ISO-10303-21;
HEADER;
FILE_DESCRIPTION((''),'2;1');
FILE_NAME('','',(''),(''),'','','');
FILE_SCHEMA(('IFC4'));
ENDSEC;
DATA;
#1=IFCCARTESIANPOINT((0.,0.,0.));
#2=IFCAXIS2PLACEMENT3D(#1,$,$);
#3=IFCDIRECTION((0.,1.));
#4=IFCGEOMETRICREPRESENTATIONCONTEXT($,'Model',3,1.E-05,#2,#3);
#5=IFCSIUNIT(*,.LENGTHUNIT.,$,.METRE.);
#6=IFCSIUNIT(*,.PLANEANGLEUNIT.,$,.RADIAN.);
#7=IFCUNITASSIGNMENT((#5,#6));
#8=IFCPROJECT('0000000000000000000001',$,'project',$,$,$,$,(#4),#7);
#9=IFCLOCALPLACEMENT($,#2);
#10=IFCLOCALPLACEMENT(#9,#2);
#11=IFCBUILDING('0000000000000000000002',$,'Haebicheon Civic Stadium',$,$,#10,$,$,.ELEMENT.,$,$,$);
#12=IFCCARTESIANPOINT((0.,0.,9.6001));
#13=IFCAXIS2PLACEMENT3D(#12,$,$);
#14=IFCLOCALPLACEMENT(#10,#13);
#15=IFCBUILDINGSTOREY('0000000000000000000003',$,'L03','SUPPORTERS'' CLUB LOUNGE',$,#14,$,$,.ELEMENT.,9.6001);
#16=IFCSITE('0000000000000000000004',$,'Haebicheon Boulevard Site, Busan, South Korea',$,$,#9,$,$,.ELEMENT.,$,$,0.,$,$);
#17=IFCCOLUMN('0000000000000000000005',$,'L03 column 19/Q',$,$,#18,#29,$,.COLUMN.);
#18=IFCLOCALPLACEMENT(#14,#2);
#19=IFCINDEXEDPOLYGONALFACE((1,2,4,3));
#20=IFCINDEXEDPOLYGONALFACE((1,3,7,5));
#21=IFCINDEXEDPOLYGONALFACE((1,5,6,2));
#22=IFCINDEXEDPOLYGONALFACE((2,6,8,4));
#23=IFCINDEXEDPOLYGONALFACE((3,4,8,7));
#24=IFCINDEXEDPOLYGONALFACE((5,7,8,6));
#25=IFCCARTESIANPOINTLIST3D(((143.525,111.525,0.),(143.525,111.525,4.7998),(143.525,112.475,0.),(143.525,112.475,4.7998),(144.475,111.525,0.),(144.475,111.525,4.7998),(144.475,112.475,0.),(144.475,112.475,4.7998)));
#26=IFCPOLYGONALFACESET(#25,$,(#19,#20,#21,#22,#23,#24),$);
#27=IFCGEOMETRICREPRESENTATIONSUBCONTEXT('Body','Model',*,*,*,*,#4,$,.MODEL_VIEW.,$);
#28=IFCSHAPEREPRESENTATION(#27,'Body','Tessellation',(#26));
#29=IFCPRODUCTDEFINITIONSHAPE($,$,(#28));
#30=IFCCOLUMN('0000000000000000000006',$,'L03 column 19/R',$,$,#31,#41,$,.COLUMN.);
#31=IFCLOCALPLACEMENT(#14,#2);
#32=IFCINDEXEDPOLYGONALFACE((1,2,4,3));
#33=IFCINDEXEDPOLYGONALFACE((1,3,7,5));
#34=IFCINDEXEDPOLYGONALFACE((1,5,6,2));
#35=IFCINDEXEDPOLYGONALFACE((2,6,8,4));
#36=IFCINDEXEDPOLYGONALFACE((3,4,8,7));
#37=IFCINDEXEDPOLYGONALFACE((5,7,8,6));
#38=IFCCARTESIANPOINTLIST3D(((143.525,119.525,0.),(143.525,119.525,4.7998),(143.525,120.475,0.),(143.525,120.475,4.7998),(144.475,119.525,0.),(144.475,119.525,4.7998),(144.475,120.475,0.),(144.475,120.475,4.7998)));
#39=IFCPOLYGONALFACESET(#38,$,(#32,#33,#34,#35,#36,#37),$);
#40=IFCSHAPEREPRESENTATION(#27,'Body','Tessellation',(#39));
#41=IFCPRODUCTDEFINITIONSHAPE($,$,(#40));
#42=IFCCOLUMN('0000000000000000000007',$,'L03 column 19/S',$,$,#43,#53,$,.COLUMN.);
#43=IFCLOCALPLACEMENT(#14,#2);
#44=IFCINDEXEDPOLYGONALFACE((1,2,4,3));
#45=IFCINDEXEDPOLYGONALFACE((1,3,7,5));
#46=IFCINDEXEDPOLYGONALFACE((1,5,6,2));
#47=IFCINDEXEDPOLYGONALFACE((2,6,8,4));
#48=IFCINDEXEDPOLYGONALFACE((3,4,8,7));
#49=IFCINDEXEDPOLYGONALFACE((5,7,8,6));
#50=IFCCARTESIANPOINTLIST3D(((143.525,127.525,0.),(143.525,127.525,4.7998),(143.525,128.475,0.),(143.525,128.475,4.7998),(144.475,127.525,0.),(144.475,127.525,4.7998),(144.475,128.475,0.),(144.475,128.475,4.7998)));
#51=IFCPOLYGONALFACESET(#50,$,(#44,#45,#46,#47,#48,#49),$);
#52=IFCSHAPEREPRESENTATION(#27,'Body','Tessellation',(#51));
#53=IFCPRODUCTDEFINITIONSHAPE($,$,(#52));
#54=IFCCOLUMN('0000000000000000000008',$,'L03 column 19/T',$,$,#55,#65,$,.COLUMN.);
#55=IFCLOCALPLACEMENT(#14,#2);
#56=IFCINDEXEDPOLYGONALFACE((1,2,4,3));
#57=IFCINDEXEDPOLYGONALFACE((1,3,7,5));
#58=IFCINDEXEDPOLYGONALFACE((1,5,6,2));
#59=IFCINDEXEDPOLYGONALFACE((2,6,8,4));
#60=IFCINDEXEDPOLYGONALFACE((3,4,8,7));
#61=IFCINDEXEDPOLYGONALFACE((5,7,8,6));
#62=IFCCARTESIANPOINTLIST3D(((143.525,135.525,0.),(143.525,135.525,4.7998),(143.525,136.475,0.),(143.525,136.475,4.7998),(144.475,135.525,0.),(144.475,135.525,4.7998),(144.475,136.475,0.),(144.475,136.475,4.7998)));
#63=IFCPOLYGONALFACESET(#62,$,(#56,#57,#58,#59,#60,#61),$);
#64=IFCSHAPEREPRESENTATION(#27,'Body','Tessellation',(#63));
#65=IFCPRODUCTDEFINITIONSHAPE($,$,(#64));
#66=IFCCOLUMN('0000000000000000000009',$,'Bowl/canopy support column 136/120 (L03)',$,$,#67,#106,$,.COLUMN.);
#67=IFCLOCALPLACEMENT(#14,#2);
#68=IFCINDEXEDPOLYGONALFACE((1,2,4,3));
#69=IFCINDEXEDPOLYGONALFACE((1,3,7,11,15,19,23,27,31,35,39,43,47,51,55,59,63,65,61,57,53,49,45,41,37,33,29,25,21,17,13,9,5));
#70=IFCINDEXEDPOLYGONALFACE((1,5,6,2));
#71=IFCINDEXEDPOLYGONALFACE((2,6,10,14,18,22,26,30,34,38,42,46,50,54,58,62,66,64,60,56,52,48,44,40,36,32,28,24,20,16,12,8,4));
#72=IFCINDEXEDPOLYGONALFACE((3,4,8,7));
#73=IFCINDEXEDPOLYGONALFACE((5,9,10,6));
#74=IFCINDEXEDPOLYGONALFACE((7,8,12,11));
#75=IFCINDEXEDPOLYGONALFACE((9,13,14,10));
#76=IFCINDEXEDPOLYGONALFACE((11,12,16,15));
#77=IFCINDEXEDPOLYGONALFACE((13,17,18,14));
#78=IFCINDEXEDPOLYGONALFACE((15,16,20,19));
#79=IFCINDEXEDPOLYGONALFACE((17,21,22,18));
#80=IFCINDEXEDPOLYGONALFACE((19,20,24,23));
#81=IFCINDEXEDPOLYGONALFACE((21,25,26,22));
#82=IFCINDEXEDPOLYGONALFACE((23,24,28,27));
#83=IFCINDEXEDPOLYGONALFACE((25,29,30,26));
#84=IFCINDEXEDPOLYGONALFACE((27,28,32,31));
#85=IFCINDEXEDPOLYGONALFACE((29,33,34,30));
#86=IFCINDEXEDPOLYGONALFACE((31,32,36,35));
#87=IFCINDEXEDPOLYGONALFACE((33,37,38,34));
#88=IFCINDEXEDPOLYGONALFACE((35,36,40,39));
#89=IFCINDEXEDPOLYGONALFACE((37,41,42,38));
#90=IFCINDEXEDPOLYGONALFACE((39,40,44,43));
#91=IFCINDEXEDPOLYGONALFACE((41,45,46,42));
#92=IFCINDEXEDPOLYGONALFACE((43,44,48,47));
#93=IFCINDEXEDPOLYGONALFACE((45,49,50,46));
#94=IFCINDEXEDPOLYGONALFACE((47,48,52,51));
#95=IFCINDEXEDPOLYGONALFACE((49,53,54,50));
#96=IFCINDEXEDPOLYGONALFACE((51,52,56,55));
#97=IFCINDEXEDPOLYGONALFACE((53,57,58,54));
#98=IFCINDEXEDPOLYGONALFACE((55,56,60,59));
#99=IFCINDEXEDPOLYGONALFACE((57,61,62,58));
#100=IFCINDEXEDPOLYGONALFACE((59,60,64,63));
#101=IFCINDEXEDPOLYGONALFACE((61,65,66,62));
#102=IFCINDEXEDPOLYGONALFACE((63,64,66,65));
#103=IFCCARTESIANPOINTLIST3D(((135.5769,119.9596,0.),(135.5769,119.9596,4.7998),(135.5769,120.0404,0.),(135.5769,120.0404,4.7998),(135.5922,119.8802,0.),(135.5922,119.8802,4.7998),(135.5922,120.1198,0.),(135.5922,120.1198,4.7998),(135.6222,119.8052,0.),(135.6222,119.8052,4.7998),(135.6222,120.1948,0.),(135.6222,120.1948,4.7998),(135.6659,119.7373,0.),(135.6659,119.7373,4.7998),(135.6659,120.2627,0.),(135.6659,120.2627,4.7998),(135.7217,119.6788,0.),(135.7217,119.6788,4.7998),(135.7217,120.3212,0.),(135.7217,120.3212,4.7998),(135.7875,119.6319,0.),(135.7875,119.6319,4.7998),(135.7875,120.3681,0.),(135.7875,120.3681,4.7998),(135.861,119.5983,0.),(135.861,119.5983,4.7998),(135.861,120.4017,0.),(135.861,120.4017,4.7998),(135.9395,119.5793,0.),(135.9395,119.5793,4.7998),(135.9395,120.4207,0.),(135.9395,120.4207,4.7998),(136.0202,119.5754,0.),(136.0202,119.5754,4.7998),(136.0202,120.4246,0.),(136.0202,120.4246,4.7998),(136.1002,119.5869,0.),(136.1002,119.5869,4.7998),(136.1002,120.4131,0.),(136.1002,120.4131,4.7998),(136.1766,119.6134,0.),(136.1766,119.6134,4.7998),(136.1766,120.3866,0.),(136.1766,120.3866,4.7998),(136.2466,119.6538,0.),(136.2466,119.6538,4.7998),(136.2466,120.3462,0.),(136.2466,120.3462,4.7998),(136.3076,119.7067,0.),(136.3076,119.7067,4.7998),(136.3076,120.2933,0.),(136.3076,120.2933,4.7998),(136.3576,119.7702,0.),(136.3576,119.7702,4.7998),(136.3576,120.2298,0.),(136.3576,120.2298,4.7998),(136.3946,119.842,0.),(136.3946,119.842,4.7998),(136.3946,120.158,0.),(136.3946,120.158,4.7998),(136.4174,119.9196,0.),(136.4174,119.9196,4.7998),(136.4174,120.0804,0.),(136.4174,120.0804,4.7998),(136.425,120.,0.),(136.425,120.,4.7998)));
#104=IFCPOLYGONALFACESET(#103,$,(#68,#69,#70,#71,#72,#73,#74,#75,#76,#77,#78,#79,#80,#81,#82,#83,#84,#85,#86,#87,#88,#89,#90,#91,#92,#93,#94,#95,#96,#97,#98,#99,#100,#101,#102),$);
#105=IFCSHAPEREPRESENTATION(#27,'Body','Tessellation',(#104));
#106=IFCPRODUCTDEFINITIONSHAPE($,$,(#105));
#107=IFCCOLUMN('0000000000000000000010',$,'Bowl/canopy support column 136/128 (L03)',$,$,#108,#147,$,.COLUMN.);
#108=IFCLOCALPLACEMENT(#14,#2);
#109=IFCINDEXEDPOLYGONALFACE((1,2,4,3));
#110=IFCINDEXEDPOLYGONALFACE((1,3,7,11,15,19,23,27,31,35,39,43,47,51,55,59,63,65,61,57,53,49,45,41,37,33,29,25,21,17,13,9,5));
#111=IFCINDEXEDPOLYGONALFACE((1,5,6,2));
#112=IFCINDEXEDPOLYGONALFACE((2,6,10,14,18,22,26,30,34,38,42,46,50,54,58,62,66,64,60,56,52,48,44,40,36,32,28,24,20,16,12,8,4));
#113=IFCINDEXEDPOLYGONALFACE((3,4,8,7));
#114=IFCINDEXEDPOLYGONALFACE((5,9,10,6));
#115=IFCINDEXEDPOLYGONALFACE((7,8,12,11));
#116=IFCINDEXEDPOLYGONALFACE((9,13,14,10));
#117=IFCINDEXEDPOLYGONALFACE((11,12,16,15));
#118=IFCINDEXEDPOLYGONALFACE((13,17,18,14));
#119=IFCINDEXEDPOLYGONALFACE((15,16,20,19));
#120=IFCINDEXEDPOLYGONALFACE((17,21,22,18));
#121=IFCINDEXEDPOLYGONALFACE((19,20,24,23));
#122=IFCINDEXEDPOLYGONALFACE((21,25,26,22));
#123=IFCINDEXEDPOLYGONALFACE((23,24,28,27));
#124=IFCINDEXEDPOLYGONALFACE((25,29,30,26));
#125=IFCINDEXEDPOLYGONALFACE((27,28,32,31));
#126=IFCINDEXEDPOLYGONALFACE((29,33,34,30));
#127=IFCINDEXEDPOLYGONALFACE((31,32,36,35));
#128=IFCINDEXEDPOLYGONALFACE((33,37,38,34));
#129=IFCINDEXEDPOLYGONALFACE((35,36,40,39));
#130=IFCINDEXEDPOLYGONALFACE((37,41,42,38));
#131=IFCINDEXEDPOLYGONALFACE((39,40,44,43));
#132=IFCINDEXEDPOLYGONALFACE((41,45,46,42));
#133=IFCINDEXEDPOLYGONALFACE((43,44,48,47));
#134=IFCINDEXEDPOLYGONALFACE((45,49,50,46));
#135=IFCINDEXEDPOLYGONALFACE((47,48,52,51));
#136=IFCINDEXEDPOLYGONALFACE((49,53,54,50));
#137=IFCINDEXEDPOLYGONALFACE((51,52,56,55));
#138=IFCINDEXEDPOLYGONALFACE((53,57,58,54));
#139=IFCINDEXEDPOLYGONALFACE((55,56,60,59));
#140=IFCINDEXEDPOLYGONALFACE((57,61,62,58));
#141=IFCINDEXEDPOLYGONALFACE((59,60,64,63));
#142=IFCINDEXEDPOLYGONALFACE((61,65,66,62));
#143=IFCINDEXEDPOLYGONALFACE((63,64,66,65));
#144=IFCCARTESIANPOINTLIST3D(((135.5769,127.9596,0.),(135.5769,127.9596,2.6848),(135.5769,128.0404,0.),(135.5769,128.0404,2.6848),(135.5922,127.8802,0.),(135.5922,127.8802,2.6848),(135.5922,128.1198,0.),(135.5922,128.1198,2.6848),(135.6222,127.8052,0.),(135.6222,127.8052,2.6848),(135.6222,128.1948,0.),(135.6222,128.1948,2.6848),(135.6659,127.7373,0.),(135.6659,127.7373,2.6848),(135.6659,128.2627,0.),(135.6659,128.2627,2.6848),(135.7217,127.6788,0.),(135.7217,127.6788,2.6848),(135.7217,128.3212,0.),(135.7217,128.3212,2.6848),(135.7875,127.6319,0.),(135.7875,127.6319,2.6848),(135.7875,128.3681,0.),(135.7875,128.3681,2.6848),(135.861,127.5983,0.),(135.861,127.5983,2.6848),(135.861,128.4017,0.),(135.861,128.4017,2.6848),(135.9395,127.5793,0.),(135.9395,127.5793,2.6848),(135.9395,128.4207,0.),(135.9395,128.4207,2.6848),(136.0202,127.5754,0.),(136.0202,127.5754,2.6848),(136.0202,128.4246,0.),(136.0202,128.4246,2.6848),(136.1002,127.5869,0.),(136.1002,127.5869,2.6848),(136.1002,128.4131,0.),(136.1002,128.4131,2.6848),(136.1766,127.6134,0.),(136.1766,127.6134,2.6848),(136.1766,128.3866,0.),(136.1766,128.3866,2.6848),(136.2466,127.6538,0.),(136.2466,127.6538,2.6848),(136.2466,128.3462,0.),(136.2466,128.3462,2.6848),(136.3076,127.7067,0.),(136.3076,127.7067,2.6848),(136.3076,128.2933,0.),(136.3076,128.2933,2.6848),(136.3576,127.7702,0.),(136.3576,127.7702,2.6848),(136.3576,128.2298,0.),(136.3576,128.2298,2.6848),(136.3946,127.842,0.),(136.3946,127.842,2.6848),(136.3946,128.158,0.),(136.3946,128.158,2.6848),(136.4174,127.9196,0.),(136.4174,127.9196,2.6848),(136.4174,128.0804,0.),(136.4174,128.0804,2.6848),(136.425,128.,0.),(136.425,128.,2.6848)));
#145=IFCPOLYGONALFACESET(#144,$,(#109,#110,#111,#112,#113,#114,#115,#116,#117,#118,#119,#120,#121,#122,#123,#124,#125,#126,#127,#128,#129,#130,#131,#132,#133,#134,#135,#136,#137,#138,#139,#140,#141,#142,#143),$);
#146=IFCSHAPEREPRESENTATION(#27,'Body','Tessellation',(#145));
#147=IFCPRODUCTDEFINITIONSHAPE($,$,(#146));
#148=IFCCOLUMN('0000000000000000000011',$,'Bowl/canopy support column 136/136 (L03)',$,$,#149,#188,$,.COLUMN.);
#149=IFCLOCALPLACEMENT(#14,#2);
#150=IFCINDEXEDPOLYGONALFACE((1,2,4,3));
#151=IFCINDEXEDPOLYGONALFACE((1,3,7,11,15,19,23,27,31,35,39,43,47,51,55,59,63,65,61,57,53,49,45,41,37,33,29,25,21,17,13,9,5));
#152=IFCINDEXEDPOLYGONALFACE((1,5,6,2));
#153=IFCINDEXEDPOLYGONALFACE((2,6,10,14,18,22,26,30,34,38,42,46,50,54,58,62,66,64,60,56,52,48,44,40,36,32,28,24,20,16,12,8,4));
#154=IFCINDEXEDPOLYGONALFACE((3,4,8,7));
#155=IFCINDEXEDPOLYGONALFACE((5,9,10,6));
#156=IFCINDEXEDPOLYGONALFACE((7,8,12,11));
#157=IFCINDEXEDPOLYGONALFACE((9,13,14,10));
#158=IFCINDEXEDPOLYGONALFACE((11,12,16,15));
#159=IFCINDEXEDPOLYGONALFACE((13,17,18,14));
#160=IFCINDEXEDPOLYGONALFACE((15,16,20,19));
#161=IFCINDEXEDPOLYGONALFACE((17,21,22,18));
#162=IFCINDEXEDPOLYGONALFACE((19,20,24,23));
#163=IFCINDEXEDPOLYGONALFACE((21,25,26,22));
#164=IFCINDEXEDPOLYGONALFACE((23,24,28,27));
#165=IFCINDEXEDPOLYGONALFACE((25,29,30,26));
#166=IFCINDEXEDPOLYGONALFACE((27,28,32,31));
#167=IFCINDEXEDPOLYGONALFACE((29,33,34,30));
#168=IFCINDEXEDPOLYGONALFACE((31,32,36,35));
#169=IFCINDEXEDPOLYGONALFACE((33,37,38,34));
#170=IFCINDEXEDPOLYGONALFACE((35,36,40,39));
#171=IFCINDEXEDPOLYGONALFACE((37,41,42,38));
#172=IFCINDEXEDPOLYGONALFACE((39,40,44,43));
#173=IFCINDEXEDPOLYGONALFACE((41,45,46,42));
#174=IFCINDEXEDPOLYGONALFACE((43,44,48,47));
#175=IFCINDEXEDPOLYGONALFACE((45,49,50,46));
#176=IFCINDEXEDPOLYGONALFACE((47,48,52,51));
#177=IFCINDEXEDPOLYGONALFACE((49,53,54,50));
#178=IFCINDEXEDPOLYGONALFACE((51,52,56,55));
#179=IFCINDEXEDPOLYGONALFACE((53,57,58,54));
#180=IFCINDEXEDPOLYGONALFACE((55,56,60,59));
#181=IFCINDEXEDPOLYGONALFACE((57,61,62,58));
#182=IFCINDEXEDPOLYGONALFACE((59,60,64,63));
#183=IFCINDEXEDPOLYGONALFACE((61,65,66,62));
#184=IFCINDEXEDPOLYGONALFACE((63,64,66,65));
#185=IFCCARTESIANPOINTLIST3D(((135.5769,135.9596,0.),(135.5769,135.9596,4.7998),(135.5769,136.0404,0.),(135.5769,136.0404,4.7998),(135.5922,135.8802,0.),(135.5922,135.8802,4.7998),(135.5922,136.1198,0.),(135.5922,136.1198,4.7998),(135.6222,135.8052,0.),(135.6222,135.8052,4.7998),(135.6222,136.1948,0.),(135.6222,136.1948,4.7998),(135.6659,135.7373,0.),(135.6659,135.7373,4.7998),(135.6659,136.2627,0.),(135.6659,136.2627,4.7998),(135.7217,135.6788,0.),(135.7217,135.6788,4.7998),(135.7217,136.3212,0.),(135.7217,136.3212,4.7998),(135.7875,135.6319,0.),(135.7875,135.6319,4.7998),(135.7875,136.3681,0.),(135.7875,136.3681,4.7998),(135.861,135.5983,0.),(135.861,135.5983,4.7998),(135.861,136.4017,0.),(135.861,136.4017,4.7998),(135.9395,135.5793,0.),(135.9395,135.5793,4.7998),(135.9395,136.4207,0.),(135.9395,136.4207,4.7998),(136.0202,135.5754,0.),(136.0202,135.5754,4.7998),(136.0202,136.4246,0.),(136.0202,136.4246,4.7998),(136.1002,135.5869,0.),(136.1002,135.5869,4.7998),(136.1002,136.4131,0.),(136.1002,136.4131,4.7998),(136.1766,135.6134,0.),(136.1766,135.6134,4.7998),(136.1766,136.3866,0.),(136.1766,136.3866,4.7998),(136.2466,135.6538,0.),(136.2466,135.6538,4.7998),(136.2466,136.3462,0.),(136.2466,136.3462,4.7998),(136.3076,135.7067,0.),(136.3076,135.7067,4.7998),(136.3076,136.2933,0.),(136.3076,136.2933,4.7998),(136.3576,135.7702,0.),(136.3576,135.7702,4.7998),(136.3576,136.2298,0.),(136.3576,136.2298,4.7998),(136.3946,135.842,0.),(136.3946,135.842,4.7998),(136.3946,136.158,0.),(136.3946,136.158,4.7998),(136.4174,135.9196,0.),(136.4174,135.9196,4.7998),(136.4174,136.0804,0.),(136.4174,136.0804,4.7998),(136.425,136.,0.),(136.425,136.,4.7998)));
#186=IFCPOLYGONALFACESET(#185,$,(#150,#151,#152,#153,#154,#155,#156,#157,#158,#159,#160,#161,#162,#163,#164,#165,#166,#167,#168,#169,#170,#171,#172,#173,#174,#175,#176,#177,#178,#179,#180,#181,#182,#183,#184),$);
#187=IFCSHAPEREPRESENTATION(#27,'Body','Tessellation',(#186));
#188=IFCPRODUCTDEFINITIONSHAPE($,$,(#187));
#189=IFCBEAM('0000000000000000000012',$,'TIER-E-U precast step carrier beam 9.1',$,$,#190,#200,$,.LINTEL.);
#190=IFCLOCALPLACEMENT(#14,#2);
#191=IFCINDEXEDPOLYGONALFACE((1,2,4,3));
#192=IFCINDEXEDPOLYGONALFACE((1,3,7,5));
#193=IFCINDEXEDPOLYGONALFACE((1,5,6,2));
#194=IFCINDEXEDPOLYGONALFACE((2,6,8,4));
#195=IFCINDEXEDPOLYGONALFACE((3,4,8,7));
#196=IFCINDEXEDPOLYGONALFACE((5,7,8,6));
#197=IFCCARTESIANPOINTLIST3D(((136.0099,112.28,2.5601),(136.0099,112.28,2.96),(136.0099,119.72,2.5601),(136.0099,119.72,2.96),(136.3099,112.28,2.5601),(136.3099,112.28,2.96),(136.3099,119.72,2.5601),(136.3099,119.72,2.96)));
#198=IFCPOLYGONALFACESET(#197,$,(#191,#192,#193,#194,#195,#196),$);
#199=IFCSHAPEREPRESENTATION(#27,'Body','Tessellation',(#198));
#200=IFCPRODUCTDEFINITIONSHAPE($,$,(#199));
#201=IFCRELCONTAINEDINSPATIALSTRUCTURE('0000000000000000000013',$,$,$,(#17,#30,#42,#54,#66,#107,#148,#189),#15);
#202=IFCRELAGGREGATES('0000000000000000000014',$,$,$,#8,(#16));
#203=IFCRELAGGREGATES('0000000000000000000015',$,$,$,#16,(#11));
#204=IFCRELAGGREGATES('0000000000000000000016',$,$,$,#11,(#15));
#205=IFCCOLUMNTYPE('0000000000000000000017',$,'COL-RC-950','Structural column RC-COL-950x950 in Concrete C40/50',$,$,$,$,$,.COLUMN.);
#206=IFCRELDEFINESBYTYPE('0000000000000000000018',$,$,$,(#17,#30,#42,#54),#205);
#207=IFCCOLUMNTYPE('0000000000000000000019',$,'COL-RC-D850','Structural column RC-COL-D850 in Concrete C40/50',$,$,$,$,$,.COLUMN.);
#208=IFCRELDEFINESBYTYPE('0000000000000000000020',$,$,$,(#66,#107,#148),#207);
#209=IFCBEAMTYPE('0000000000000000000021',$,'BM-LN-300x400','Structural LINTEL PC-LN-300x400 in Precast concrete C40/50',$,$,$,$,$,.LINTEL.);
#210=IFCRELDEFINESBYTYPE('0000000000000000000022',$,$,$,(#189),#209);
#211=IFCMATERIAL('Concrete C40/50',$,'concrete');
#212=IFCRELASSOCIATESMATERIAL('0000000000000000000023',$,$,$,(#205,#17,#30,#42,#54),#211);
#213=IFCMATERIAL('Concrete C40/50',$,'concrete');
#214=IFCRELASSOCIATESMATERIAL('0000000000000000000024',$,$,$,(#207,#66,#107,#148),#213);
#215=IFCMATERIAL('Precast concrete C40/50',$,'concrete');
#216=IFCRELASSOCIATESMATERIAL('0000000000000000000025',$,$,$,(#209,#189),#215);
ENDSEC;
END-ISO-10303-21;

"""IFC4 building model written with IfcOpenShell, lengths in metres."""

from ifc_helpers import new_model, si_unit, direction, frame, origin, origin_2d, place, context, subcontext, project, spatial, rectangle, circle, extrude, material, material_profile, profile_set, type_object, element, save


model = new_model("IFC4")

# Units and contexts
model_context = context("Model", 3, precision=1e-05, world=origin(), true_north=direction((0.0, 1.0)))
body_context = subcontext(model_context, "Body", "Model", "MODEL_VIEW")
ifc_project = project(units=[si_unit("LENGTHUNIT", "METRE"), si_unit("PLANEANGLEUNIT", "RADIAN")], contexts=[model_context])

# Site, building, storey
site_placement = place(None, origin())
site = spatial("IfcSite", under=ifc_project, at=site_placement, Name="Haebicheon Boulevard Site, Busan, South Korea", CompositionType="ELEMENT", RefElevation=0.0)
building_placement = place(site_placement, origin())
building = spatial("IfcBuilding", under=site, at=building_placement, Name="Haebicheon Civic Stadium", CompositionType="ELEMENT")
storey_placement = place(building_placement, frame((0.0, 0.0, 9.6001)))
storey = spatial("IfcBuildingStorey", under=building, at=storey_placement, Name="L03", Description="SUPPORTERS' CLUB LOUNGE", CompositionType="ELEMENT", Elevation=9.6001)

# Columns
ifc_material_1 = material(Name="Concrete C40/50", Category="concrete")
ifc_material_profile_1 = material_profile(ifc_material_1, rectangle(XDim=0.95, YDim=0.95, at=origin_2d()), Name="RC-COL-950x950")
ifc_profile_set_1 = profile_set([ifc_material_profile_1], Name="Concrete C40/50")
column_type_1 = type_object("IfcColumnType", Name="COL-RC-950", Description="Structural column RC-COL-950x950 in Concrete C40/50", PredefinedType="COLUMN", material=ifc_profile_set_1)
for number, where, z_axis, x_axis, name in (
    (1, (144.0, 112.0, 0.0), (0.0, 0.0, 1.0), (1.0, 0.0, 0.0), "L03 column 19/Q"),
    (2, (144.0, 120.0, 0.0), (0.0, 0.0, 1.0), (1.0, 0.0, 0.0), "L03 column 19/R"),
    (3, (144.0, 128.0, 0.0), (0.0, 0.0, 1.0), (1.0, 0.0, 0.0), "L03 column 19/S"),
    (4, (144.0, 136.0, 0.0), (0.0, 0.0, 1.0), (1.0, 0.0, 0.0), "L03 column 19/T"),
):
    element("IfcColumn", number, at=place(storey_placement, frame(where, z_axis=z_axis, x_axis=x_axis)), inside=storey, type_object=column_type_1, material=ifc_profile_set_1, Name=name, PredefinedType="COLUMN", context=body_context, shape_type="SweptSolid", body=[
        extrude(rectangle(XDim=0.95, YDim=0.95, at=origin_2d()), origin(), (0.0, 0.0, 1.0), 4.7998),
    ])
ifc_material_2 = material(Name="Concrete C40/50", Category="concrete")
ifc_material_profile_2 = material_profile(ifc_material_2, circle(Radius=0.425, at=origin_2d()), Name="RC-COL-D850")
ifc_profile_set_2 = profile_set([ifc_material_profile_2], Name="Concrete C40/50")
column_type_2 = type_object("IfcColumnType", Name="COL-RC-D850", Description="Structural column RC-COL-D850 in Concrete C40/50", PredefinedType="COLUMN", material=ifc_profile_set_2)
column_1_placement = place(storey_placement, frame((136.0, 120.0, 0.0), z_axis=(0.0, 0.0, 1.0), x_axis=(1.0, 0.0, 0.0)))
element("IfcColumn", 5, at=column_1_placement, inside=storey, type_object=column_type_2, material=ifc_profile_set_2, Name="Bowl/canopy support column 136/120 (L03)", PredefinedType="COLUMN", context=body_context, shape_type="SweptSolid", body=[
    extrude(circle(Radius=0.425, at=origin_2d()), origin(), (0.0, 0.0, 1.0), 4.7998),
])
column_2_placement = place(storey_placement, frame((136.0, 128.0, 0.0), z_axis=(0.0, 0.0, 1.0), x_axis=(1.0, 0.0, 0.0)))
element("IfcColumn", 6, at=column_2_placement, inside=storey, type_object=column_type_2, material=ifc_profile_set_2, Name="Bowl/canopy support column 136/128 (L03)", PredefinedType="COLUMN", context=body_context, shape_type="SweptSolid", body=[
    extrude(circle(Radius=0.425, at=origin_2d()), origin(), (0.0, 0.0, 1.0), 2.6848),
])
column_3_placement = place(storey_placement, frame((136.0, 136.0, 0.0), z_axis=(0.0, 0.0, 1.0), x_axis=(1.0, 0.0, 0.0)))
element("IfcColumn", 7, at=column_3_placement, inside=storey, type_object=column_type_2, material=ifc_profile_set_2, Name="Bowl/canopy support column 136/136 (L03)", PredefinedType="COLUMN", context=body_context, shape_type="SweptSolid", body=[
    extrude(circle(Radius=0.425, at=origin_2d()), origin(), (0.0, 0.0, 1.0), 4.7998),
])

# Beam
ifc_material_3 = material(Name="Precast concrete C40/50", Category="concrete")
ifc_material_profile_3 = material_profile(ifc_material_3, rectangle(XDim=0.3, YDim=0.3999, at=origin_2d()), Name="PC-LN-300x400")
ifc_profile_set_3 = profile_set([ifc_material_profile_3], Name="Precast concrete C40/50")
beam_type_1 = type_object("IfcBeamType", Name="BM-LN-300x400", Description="Structural LINTEL PC-LN-300x400 in Precast concrete C40/50", PredefinedType="LINTEL", material=ifc_profile_set_3)
for number, where, z_axis, x_axis, name in (
    (8, (136.1599, 112.28, 2.76), (0.0, 1.0, 0.0), (-1.0, 0.0, 0.0), "TIER-E-U precast step carrier beam 9.1"),
):
    element("IfcBeam", number, at=place(storey_placement, frame(where, z_axis=z_axis, x_axis=x_axis)), inside=storey, type_object=beam_type_1, material=ifc_profile_set_3, Name=name, PredefinedType="LINTEL", context=body_context, shape_type="SweptSolid", body=[
        extrude(rectangle(XDim=0.3, YDim=0.3999, at=origin_2d()), origin(), (0.0, 0.0, 1.0), 7.4399),
    ])

save(model, "model.ifc")
